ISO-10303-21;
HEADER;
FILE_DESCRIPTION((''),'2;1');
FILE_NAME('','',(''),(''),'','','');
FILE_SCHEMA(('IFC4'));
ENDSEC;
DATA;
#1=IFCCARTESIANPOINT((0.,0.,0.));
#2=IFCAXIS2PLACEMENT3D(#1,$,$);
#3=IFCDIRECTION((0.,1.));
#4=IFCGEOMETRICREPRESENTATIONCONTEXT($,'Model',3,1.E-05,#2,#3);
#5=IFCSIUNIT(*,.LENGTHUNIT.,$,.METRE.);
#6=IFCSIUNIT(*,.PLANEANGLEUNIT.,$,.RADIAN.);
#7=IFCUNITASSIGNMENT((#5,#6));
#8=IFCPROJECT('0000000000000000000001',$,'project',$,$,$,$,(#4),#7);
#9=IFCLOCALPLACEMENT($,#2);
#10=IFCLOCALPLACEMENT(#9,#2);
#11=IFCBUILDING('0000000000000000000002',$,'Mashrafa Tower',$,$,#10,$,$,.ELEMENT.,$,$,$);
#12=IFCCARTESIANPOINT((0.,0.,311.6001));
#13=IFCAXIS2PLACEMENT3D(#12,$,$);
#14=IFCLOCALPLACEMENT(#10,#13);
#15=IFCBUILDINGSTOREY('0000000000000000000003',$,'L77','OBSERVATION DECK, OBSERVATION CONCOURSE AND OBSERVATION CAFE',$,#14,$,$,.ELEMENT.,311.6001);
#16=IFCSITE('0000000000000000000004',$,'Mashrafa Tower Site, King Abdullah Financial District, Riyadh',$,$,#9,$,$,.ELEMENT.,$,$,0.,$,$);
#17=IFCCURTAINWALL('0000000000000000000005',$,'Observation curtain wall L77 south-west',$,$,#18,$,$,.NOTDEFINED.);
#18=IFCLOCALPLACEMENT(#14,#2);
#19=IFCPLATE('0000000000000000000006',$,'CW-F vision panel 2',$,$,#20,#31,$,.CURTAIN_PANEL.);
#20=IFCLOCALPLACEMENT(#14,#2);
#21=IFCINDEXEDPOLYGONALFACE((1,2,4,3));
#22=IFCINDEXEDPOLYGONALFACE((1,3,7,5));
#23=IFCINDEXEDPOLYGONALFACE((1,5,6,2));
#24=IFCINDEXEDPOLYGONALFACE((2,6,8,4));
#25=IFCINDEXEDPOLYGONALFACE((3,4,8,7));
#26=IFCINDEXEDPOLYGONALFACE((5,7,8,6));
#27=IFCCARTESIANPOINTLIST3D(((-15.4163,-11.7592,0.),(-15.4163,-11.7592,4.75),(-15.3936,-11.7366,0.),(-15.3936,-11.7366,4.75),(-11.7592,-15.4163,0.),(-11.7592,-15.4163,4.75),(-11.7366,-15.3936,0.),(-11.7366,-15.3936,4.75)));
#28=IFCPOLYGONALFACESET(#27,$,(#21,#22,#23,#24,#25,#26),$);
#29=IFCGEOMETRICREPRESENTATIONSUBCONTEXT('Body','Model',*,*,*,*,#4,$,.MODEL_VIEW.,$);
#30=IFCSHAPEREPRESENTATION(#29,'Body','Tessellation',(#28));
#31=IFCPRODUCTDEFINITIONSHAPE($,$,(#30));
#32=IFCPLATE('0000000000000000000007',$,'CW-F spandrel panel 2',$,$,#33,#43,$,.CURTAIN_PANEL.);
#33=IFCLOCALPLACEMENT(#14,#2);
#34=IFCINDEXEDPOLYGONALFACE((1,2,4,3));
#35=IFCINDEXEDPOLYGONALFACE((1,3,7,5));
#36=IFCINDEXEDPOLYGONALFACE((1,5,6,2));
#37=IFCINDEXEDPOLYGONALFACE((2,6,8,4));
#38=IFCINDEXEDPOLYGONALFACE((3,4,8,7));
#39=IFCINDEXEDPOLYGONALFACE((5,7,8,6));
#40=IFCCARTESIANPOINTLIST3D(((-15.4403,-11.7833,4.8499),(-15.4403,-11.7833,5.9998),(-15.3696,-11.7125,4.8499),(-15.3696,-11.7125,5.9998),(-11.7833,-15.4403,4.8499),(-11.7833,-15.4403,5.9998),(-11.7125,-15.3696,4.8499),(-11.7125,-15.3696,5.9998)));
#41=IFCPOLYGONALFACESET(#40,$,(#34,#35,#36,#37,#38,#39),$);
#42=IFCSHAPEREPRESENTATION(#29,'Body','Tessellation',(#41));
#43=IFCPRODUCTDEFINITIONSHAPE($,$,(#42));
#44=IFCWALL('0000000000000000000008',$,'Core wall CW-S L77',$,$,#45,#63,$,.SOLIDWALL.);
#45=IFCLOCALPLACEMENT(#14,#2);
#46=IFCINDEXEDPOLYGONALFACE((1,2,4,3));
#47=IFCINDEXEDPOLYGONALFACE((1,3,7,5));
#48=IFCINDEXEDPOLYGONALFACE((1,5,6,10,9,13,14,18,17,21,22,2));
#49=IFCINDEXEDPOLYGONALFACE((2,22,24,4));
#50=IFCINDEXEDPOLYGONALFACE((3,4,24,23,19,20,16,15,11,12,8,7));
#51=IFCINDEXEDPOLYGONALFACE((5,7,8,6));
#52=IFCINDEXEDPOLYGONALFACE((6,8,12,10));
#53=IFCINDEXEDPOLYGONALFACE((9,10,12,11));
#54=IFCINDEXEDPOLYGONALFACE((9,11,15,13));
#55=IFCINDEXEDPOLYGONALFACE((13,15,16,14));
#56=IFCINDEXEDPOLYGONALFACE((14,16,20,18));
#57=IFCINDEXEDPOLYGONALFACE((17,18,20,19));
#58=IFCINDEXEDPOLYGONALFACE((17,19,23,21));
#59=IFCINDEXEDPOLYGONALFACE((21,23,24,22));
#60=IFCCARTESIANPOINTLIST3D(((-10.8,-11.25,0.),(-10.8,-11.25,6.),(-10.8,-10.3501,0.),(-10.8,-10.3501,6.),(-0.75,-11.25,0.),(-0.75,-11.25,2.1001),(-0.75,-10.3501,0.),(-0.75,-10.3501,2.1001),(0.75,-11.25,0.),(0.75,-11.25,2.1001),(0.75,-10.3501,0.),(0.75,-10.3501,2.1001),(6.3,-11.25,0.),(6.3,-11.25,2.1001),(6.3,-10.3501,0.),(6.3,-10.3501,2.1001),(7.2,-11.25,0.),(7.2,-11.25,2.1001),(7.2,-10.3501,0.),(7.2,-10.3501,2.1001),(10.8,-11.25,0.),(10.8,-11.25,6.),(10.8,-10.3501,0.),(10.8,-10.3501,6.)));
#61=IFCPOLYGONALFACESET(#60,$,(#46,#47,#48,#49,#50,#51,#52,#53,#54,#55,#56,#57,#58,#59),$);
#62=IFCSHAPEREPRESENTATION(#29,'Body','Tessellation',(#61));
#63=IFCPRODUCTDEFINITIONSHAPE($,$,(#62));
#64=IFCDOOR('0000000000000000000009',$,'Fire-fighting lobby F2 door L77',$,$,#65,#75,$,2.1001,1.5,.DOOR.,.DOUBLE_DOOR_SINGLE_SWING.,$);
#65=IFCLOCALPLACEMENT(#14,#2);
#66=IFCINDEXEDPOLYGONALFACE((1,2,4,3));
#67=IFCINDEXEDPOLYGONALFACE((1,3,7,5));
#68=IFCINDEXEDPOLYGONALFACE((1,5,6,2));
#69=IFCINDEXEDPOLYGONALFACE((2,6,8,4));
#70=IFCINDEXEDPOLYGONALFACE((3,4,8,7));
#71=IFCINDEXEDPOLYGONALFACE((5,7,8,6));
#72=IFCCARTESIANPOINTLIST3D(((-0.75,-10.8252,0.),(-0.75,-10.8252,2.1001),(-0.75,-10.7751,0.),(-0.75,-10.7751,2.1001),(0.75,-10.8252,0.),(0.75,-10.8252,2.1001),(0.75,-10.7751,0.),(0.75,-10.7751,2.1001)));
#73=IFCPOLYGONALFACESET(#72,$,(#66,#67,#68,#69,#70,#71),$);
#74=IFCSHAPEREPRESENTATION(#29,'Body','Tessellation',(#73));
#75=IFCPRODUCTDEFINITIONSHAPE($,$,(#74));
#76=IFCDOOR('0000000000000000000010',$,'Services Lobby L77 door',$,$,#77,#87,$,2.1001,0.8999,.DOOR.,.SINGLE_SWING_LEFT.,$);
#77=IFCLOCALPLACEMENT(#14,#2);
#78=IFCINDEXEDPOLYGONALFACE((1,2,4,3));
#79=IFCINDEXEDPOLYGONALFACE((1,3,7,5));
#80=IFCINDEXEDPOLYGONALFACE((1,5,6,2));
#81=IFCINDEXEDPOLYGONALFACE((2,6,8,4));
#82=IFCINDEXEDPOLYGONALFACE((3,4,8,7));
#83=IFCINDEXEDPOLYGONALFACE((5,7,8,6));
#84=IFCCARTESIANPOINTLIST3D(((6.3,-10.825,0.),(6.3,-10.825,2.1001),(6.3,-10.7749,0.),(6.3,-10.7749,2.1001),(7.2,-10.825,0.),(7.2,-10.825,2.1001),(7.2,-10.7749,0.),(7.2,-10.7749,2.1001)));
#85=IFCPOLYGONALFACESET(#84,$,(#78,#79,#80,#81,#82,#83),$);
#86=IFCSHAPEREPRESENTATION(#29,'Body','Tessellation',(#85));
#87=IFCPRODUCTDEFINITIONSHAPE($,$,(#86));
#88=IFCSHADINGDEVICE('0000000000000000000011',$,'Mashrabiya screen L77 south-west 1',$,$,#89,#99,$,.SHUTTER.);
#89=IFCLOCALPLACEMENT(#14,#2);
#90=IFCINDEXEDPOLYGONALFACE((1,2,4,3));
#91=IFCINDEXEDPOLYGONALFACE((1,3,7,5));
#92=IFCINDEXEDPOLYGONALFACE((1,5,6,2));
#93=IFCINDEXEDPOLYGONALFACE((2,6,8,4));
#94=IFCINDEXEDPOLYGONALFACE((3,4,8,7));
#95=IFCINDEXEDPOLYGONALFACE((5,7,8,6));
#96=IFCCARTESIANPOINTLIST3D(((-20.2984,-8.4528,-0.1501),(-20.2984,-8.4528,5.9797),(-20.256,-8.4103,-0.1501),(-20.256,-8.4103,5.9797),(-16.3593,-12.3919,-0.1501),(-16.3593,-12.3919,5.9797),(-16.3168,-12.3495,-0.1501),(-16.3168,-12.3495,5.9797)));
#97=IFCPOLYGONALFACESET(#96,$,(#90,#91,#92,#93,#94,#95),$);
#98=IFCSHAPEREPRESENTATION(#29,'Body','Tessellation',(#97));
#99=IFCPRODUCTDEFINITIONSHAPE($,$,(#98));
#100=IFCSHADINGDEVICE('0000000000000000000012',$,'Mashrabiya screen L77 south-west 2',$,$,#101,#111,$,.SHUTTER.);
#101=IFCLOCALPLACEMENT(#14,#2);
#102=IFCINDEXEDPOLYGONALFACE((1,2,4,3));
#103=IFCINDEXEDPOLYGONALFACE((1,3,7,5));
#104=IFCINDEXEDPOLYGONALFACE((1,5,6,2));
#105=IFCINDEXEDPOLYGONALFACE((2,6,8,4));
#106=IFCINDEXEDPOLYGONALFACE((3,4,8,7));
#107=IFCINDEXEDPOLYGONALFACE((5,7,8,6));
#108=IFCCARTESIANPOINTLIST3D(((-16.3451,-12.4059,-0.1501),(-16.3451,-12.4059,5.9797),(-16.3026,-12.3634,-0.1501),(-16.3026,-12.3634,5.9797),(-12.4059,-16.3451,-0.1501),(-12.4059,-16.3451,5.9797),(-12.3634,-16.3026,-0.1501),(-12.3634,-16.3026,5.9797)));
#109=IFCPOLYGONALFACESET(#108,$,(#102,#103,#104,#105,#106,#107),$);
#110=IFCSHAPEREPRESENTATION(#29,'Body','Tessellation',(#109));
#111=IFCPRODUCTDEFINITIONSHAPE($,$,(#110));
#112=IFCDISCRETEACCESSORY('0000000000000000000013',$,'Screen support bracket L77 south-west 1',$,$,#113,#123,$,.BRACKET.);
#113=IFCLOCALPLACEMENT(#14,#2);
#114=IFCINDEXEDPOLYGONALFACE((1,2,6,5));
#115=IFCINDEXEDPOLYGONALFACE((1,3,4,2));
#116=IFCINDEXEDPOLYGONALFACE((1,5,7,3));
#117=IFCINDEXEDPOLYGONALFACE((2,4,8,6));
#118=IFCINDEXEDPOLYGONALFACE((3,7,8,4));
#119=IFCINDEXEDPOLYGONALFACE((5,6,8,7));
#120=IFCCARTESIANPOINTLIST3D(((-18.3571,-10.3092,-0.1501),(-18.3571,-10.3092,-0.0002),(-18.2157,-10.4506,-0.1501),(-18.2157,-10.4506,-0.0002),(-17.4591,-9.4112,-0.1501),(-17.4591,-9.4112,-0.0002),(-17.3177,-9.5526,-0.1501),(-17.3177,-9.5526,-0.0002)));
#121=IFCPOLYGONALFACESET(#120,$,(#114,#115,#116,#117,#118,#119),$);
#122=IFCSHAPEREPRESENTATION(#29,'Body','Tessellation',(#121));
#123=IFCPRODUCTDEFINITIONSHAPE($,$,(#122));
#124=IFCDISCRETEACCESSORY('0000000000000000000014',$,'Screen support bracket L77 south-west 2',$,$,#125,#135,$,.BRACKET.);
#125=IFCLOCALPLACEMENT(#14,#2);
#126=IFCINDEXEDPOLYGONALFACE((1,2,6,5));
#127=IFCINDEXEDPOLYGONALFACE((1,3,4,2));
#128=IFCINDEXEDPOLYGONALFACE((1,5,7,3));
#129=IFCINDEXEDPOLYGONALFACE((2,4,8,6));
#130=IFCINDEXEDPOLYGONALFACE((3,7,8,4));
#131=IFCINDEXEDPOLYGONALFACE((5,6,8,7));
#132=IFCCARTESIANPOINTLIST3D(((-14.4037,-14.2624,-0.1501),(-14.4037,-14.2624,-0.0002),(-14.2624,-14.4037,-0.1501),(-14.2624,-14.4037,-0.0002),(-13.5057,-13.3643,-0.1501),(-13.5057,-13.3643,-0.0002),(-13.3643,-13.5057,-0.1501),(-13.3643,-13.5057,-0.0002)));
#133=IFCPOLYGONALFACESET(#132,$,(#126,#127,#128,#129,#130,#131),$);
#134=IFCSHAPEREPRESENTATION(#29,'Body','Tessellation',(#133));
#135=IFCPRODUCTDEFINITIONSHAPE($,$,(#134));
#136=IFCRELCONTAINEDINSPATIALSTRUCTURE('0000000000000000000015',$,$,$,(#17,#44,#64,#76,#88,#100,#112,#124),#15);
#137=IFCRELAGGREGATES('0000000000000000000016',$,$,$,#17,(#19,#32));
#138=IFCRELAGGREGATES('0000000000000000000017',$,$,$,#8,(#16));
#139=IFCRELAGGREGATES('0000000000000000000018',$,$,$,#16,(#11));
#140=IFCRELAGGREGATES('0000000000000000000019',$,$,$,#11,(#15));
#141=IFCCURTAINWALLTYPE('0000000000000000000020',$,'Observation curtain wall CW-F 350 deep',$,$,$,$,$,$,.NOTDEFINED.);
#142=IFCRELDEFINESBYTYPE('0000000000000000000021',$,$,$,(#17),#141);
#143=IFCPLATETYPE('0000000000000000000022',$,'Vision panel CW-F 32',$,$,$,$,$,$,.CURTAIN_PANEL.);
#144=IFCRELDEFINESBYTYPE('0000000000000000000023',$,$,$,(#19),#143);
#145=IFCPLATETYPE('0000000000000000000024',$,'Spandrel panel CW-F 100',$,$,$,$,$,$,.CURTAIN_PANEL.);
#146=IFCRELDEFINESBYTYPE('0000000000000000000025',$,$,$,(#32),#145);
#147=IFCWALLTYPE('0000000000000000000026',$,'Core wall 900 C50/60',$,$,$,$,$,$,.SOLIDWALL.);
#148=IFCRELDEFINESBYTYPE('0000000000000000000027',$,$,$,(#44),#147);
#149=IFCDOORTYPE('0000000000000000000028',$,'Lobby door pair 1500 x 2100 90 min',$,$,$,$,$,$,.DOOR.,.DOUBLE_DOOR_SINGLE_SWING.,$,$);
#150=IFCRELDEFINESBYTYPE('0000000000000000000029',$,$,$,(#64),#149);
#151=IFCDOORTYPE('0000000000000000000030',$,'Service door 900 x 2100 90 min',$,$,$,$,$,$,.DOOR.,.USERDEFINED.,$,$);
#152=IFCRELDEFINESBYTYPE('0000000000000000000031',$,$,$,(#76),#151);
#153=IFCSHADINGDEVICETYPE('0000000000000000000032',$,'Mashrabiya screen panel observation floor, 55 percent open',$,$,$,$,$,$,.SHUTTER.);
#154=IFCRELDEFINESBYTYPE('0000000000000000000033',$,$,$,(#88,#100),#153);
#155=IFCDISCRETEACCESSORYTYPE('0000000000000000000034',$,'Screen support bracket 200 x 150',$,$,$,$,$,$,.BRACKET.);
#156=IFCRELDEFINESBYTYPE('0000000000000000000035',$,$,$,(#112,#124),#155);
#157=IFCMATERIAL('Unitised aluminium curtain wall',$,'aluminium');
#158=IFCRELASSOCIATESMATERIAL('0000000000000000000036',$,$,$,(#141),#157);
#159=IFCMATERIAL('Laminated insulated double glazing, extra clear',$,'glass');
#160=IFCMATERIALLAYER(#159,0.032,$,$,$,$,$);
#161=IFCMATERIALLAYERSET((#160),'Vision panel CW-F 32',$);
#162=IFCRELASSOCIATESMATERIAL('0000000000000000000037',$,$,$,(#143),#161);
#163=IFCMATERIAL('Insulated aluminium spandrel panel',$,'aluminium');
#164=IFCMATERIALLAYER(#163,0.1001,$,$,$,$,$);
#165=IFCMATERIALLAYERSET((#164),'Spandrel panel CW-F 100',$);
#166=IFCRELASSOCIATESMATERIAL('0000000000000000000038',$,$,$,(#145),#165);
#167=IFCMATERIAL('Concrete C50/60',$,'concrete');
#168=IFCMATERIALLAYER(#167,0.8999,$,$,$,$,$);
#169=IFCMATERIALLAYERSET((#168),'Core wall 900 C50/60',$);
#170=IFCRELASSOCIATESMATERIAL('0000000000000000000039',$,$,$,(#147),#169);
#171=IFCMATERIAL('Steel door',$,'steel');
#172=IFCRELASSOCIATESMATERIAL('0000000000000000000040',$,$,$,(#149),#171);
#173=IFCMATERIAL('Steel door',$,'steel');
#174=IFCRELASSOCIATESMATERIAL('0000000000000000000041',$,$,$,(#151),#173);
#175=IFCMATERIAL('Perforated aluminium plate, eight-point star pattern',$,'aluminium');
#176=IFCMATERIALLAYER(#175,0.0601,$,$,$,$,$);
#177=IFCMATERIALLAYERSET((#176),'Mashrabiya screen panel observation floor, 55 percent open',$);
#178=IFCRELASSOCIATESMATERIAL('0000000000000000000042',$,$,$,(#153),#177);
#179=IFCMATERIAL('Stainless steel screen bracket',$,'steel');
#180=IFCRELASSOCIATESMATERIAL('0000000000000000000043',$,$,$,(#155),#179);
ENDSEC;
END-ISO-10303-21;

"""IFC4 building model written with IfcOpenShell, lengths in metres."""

from ifc_helpers import new_model, si_unit, direction, frame, frame_2d, origin, origin_2d, place, context, subcontext, project, spatial, rectangle, extrude, source, transform, mapped, material, layer, layer_set, type_object, type_shapes, element, fill, aggregate, save


model = new_model("IFC4")

# Units and contexts
model_context = context("Model", 3, precision=1e-05, world=origin(), true_north=direction((0.0, 1.0)))
body_context = subcontext(model_context, "Body", "Model", "MODEL_VIEW")
ifc_project = project(units=[si_unit("LENGTHUNIT", "METRE"), si_unit("PLANEANGLEUNIT", "RADIAN")], contexts=[model_context])

# Site, building, storey
site_placement = place(None, origin())
site = spatial("IfcSite", under=ifc_project, at=site_placement, Name="Mashrafa Tower Site, King Abdullah Financial District, Riyadh", CompositionType="ELEMENT", RefElevation=0.0)
building_placement = place(site_placement, origin())
building = spatial("IfcBuilding", under=site, at=building_placement, Name="Mashrafa Tower", CompositionType="ELEMENT")
storey_placement = place(building_placement, frame((0.0, 0.0, 311.6001)))
storey = spatial("IfcBuildingStorey", under=building, at=storey_placement, Name="L77", Description="OBSERVATION DECK, OBSERVATION CONCOURSE AND OBSERVATION CAFE", CompositionType="ELEMENT", Elevation=311.6001)

# Curtain wall, plates
ifc_material_1 = material(Name="Unitised aluminium curtain wall", Category="aluminium")
curtain_wall_type = type_object("IfcCurtainWallType", Name="Observation curtain wall CW-F 350 deep", PredefinedType="NOTDEFINED", material=ifc_material_1)
curtain_wall_placement = place(storey_placement, origin())
curtain_wall = element("IfcCurtainWall", 1, at=curtain_wall_placement, inside=storey, type_object=curtain_wall_type, Name="Observation curtain wall L77 south-west", PredefinedType="NOTDEFINED")
ifc_material_2 = material(Name="Laminated insulated double glazing, extra clear", Category="glass")
ifc_layer_1 = layer(ifc_material_2, 0.032)
ifc_layer_set_1 = layer_set([ifc_layer_1], Name="Vision panel CW-F 32")
plate_type_1 = type_object("IfcPlateType", Name="Vision panel CW-F 32", PredefinedType="CURTAIN_PANEL", material=ifc_layer_set_1)
ifc_material_3 = material(Name="Insulated aluminium spandrel panel", Category="aluminium")
ifc_layer_2 = layer(ifc_material_3, 0.1001)
ifc_layer_set_2 = layer_set([ifc_layer_2], Name="Spandrel panel CW-F 100")
plate_type_2 = type_object("IfcPlateType", Name="Spandrel panel CW-F 100", PredefinedType="CURTAIN_PANEL", material=ifc_layer_set_2)
shared_shape_1 = source(origin(), body_context, "Body", "SweptSolid", [
    extrude(rectangle(XDim=5.1719, YDim=0.032, at=origin_2d()), origin(), (0.0, 0.0, 1.0), 4.75),
])
plate_1_placement = place(storey_placement, frame((-13.5764, -13.5764, 0.0), z_axis=(0.0, 0.0, 1.0), x_axis=(0.707107, -0.707107, 0.0)))
plate_1 = element("IfcPlate", 2, at=plate_1_placement, type_object=plate_type_1, Name="CW-F vision panel 2", PredefinedType="CURTAIN_PANEL", context=body_context, shape_type="MappedRepresentation", body=[
    mapped(shared_shape_1, transform((0.0, 0.0, 0.0))),
])
shared_shape_2 = source(origin(), body_context, "Body", "SweptSolid", [
    extrude(rectangle(XDim=5.1719, YDim=0.1001, at=origin_2d()), origin(), (0.0, 0.0, 1.0), 1.1499),
])
plate_2_placement = place(storey_placement, frame((-13.5764, -13.5764, 4.8499), z_axis=(0.0, 0.0, 1.0), x_axis=(0.707107, -0.707107, 0.0)))
plate_2 = element("IfcPlate", 3, at=plate_2_placement, type_object=plate_type_2, Name="CW-F spandrel panel 2", PredefinedType="CURTAIN_PANEL", context=body_context, shape_type="MappedRepresentation", body=[
    mapped(shared_shape_2, transform((0.0, 0.0, 0.0))),
])
aggregate(curtain_wall, [plate_1, plate_2])

# Wall, openings, doors
ifc_material_4 = material(Name="Concrete C50/60", Category="concrete")
ifc_layer_3 = layer(ifc_material_4, 0.8999)
ifc_layer_set_3 = layer_set([ifc_layer_3], Name="Core wall 900 C50/60")
wall_type_1 = type_object("IfcWallType", Name="Core wall 900 C50/60", PredefinedType="SOLIDWALL", material=ifc_layer_set_3)
wall_1_placement = place(storey_placement, frame((-10.8, -10.8, 0.0), z_axis=(0.0, 0.0, 1.0), x_axis=(1.0, 0.0, 0.0)))
wall_1 = element("IfcWall", 4, at=wall_1_placement, inside=storey, type_object=wall_type_1, Name="Core wall CW-S L77", PredefinedType="SOLIDWALL", context=body_context, shape_type="SweptSolid", body=[
    extrude(rectangle(XDim=21.6001, YDim=0.8999, at=frame_2d((10.8, 0.0))), origin(), (0.0, 0.0, 1.0), 6.0),
])
opening_1_placement = place(wall_1_placement, frame((10.05, 0.0, 0.0)))
opening_1 = element("IfcOpeningElement", 5, at=opening_1_placement, cuts=wall_1, PredefinedType="OPENING", context=body_context, shape_type="SweptSolid", body=[
    extrude(rectangle(XDim=1.5, YDim=2.1001, at=frame_2d((0.75, 1.05))), frame((0.0, 0.46, 0.0), z_axis=(0.0, -1.0, 0.0), x_axis=(1.0, 0.0, 0.0)), (0.0, 0.0, 1.0), 0.9199),
])
opening_2_placement = place(wall_1_placement, frame((17.1001, 0.0, 0.0)))
opening_2 = element("IfcOpeningElement", 6, at=opening_2_placement, cuts=wall_1, PredefinedType="OPENING", context=body_context, shape_type="SweptSolid", body=[
    extrude(rectangle(XDim=0.8999, YDim=2.1001, at=frame_2d((0.45, 1.05))), frame((0.0, 0.46, 0.0), z_axis=(0.0, -1.0, 0.0), x_axis=(1.0, 0.0, 0.0)), (0.0, 0.0, 1.0), 0.9199),
])
ifc_material_5 = material(Name="Steel door", Category="steel")
door_type_1 = type_object("IfcDoorType", Name="Lobby door pair 1500 x 2100 90 min", OperationType="DOUBLE_DOOR_SINGLE_SWING", PredefinedType="DOOR", material=ifc_material_5)
door_1_placement = place(opening_1_placement, origin())
door_1 = element("IfcDoor", 7, at=door_1_placement, inside=storey, type_object=door_type_1, Name="Fire-fighting lobby F2 door L77", OperationType="DOUBLE_DOOR_SINGLE_SWING", OverallHeight=2.1001, OverallWidth=1.5, PredefinedType="DOOR", context=body_context, shape_type="SweptSolid", body=[
    extrude(rectangle(XDim=1.5, YDim=2.1001, at=frame_2d((0.75, 1.05))), frame((0.0, 0.0249, 0.0), z_axis=(0.0, -1.0, 0.0), x_axis=(1.0, 0.0, 0.0)), (0.0, 0.0, 1.0), 0.05),
])
fill(opening_1, door_1)
ifc_material_6 = material(Name="Steel door", Category="steel")
door_type_2 = type_object("IfcDoorType", Name="Service door 900 x 2100 90 min", OperationType="USERDEFINED", PredefinedType="DOOR", material=ifc_material_6)
door_2_placement = place(opening_2_placement, frame((0.8999, 0.0, 0.0), z_axis=(0.0, 0.0, 1.0), x_axis=(-1.0, 0.0, 0.0)))
door_2 = element("IfcDoor", 8, at=door_2_placement, inside=storey, type_object=door_type_2, Name="Services Lobby L77 door", OperationType="SINGLE_SWING_LEFT", OverallHeight=2.1001, OverallWidth=0.8999, PredefinedType="DOOR", context=body_context, shape_type="SweptSolid", body=[
    extrude(rectangle(XDim=0.8999, YDim=2.1001, at=frame_2d((0.45, 1.05))), frame((0.0, 0.0249, 0.0), z_axis=(0.0, -1.0, 0.0), x_axis=(1.0, 0.0, 0.0)), (0.0, 0.0, 1.0), 0.05),
])
fill(opening_2, door_2)

# Shading devices
ifc_material_7 = material(Name="Perforated aluminium plate, eight-point star pattern", Category="aluminium")
ifc_layer_4 = layer(ifc_material_7, 0.0601)
ifc_layer_set_4 = layer_set([ifc_layer_4], Name="Mashrabiya screen panel observation floor, 55 percent open")
shading_device_type = type_object("IfcShadingDeviceType", Name="Mashrabiya screen panel observation floor, 55 percent open", PredefinedType="SHUTTER", material=ifc_layer_set_4)
shared_shape_3 = source(origin(), body_context, "Body", "SweptSolid", [
    extrude(rectangle(XDim=5.5708, YDim=0.0601, at=origin_2d()), origin(), (0.0, 0.0, 1.0), 6.1299),
])
type_shapes(shading_device_type, [shared_shape_3])
for number, where, z_axis, x_axis, name in (
    (9, (-18.3076, -10.4011, -0.1501), (0.0, 0.0, 1.0), (0.707107, -0.707107, 0.0), "Mashrabiya screen L77 south-west 1"),
    (10, (-14.3542, -14.3542, -0.1501), (0.0, 0.0, 1.0), (0.707107, -0.707107, 0.0), "Mashrabiya screen L77 south-west 2"),
):
    element("IfcShadingDevice", number, at=place(storey_placement, frame(where, z_axis=z_axis, x_axis=x_axis)), inside=storey, type_object=shading_device_type, Name=name, PredefinedType="SHUTTER", context=body_context, shape_type="MappedRepresentation", body=[
        mapped(shared_shape_3, transform((0.0, 0.0, 0.0))),
    ])

# Discrete accessories
ifc_material_8 = material(Name="Stainless steel screen bracket", Category="steel")
discrete_accessory_type = type_object("IfcDiscreteAccessoryType", Name="Screen support bracket 200 x 150", PredefinedType="BRACKET", material=ifc_material_8)
shared_shape_4 = source(origin(), body_context, "Body", "SweptSolid", [
    extrude(rectangle(XDim=0.2, YDim=1.27, at=origin_2d()), origin(), (0.0, 0.0, 1.0), 0.1499),
])
type_shapes(discrete_accessory_type, [shared_shape_4])
for number, where, z_axis, x_axis, name in (
    (11, (-17.8374, -9.9309, -0.1501), (0.0, 0.0, 1.0), (0.707107, -0.707107, 0.0), "Screen support bracket L77 south-west 1"),
    (12, (-13.884, -13.884, -0.1501), (0.0, 0.0, 1.0), (0.707107, -0.707107, 0.0), "Screen support bracket L77 south-west 2"),
):
    element("IfcDiscreteAccessory", number, at=place(storey_placement, frame(where, z_axis=z_axis, x_axis=x_axis)), inside=storey, type_object=discrete_accessory_type, Name=name, PredefinedType="BRACKET", context=body_context, shape_type="MappedRepresentation", body=[
        mapped(shared_shape_4, transform((0.0, 0.0, 0.0))),
    ])

save(model, "model.ifc")
